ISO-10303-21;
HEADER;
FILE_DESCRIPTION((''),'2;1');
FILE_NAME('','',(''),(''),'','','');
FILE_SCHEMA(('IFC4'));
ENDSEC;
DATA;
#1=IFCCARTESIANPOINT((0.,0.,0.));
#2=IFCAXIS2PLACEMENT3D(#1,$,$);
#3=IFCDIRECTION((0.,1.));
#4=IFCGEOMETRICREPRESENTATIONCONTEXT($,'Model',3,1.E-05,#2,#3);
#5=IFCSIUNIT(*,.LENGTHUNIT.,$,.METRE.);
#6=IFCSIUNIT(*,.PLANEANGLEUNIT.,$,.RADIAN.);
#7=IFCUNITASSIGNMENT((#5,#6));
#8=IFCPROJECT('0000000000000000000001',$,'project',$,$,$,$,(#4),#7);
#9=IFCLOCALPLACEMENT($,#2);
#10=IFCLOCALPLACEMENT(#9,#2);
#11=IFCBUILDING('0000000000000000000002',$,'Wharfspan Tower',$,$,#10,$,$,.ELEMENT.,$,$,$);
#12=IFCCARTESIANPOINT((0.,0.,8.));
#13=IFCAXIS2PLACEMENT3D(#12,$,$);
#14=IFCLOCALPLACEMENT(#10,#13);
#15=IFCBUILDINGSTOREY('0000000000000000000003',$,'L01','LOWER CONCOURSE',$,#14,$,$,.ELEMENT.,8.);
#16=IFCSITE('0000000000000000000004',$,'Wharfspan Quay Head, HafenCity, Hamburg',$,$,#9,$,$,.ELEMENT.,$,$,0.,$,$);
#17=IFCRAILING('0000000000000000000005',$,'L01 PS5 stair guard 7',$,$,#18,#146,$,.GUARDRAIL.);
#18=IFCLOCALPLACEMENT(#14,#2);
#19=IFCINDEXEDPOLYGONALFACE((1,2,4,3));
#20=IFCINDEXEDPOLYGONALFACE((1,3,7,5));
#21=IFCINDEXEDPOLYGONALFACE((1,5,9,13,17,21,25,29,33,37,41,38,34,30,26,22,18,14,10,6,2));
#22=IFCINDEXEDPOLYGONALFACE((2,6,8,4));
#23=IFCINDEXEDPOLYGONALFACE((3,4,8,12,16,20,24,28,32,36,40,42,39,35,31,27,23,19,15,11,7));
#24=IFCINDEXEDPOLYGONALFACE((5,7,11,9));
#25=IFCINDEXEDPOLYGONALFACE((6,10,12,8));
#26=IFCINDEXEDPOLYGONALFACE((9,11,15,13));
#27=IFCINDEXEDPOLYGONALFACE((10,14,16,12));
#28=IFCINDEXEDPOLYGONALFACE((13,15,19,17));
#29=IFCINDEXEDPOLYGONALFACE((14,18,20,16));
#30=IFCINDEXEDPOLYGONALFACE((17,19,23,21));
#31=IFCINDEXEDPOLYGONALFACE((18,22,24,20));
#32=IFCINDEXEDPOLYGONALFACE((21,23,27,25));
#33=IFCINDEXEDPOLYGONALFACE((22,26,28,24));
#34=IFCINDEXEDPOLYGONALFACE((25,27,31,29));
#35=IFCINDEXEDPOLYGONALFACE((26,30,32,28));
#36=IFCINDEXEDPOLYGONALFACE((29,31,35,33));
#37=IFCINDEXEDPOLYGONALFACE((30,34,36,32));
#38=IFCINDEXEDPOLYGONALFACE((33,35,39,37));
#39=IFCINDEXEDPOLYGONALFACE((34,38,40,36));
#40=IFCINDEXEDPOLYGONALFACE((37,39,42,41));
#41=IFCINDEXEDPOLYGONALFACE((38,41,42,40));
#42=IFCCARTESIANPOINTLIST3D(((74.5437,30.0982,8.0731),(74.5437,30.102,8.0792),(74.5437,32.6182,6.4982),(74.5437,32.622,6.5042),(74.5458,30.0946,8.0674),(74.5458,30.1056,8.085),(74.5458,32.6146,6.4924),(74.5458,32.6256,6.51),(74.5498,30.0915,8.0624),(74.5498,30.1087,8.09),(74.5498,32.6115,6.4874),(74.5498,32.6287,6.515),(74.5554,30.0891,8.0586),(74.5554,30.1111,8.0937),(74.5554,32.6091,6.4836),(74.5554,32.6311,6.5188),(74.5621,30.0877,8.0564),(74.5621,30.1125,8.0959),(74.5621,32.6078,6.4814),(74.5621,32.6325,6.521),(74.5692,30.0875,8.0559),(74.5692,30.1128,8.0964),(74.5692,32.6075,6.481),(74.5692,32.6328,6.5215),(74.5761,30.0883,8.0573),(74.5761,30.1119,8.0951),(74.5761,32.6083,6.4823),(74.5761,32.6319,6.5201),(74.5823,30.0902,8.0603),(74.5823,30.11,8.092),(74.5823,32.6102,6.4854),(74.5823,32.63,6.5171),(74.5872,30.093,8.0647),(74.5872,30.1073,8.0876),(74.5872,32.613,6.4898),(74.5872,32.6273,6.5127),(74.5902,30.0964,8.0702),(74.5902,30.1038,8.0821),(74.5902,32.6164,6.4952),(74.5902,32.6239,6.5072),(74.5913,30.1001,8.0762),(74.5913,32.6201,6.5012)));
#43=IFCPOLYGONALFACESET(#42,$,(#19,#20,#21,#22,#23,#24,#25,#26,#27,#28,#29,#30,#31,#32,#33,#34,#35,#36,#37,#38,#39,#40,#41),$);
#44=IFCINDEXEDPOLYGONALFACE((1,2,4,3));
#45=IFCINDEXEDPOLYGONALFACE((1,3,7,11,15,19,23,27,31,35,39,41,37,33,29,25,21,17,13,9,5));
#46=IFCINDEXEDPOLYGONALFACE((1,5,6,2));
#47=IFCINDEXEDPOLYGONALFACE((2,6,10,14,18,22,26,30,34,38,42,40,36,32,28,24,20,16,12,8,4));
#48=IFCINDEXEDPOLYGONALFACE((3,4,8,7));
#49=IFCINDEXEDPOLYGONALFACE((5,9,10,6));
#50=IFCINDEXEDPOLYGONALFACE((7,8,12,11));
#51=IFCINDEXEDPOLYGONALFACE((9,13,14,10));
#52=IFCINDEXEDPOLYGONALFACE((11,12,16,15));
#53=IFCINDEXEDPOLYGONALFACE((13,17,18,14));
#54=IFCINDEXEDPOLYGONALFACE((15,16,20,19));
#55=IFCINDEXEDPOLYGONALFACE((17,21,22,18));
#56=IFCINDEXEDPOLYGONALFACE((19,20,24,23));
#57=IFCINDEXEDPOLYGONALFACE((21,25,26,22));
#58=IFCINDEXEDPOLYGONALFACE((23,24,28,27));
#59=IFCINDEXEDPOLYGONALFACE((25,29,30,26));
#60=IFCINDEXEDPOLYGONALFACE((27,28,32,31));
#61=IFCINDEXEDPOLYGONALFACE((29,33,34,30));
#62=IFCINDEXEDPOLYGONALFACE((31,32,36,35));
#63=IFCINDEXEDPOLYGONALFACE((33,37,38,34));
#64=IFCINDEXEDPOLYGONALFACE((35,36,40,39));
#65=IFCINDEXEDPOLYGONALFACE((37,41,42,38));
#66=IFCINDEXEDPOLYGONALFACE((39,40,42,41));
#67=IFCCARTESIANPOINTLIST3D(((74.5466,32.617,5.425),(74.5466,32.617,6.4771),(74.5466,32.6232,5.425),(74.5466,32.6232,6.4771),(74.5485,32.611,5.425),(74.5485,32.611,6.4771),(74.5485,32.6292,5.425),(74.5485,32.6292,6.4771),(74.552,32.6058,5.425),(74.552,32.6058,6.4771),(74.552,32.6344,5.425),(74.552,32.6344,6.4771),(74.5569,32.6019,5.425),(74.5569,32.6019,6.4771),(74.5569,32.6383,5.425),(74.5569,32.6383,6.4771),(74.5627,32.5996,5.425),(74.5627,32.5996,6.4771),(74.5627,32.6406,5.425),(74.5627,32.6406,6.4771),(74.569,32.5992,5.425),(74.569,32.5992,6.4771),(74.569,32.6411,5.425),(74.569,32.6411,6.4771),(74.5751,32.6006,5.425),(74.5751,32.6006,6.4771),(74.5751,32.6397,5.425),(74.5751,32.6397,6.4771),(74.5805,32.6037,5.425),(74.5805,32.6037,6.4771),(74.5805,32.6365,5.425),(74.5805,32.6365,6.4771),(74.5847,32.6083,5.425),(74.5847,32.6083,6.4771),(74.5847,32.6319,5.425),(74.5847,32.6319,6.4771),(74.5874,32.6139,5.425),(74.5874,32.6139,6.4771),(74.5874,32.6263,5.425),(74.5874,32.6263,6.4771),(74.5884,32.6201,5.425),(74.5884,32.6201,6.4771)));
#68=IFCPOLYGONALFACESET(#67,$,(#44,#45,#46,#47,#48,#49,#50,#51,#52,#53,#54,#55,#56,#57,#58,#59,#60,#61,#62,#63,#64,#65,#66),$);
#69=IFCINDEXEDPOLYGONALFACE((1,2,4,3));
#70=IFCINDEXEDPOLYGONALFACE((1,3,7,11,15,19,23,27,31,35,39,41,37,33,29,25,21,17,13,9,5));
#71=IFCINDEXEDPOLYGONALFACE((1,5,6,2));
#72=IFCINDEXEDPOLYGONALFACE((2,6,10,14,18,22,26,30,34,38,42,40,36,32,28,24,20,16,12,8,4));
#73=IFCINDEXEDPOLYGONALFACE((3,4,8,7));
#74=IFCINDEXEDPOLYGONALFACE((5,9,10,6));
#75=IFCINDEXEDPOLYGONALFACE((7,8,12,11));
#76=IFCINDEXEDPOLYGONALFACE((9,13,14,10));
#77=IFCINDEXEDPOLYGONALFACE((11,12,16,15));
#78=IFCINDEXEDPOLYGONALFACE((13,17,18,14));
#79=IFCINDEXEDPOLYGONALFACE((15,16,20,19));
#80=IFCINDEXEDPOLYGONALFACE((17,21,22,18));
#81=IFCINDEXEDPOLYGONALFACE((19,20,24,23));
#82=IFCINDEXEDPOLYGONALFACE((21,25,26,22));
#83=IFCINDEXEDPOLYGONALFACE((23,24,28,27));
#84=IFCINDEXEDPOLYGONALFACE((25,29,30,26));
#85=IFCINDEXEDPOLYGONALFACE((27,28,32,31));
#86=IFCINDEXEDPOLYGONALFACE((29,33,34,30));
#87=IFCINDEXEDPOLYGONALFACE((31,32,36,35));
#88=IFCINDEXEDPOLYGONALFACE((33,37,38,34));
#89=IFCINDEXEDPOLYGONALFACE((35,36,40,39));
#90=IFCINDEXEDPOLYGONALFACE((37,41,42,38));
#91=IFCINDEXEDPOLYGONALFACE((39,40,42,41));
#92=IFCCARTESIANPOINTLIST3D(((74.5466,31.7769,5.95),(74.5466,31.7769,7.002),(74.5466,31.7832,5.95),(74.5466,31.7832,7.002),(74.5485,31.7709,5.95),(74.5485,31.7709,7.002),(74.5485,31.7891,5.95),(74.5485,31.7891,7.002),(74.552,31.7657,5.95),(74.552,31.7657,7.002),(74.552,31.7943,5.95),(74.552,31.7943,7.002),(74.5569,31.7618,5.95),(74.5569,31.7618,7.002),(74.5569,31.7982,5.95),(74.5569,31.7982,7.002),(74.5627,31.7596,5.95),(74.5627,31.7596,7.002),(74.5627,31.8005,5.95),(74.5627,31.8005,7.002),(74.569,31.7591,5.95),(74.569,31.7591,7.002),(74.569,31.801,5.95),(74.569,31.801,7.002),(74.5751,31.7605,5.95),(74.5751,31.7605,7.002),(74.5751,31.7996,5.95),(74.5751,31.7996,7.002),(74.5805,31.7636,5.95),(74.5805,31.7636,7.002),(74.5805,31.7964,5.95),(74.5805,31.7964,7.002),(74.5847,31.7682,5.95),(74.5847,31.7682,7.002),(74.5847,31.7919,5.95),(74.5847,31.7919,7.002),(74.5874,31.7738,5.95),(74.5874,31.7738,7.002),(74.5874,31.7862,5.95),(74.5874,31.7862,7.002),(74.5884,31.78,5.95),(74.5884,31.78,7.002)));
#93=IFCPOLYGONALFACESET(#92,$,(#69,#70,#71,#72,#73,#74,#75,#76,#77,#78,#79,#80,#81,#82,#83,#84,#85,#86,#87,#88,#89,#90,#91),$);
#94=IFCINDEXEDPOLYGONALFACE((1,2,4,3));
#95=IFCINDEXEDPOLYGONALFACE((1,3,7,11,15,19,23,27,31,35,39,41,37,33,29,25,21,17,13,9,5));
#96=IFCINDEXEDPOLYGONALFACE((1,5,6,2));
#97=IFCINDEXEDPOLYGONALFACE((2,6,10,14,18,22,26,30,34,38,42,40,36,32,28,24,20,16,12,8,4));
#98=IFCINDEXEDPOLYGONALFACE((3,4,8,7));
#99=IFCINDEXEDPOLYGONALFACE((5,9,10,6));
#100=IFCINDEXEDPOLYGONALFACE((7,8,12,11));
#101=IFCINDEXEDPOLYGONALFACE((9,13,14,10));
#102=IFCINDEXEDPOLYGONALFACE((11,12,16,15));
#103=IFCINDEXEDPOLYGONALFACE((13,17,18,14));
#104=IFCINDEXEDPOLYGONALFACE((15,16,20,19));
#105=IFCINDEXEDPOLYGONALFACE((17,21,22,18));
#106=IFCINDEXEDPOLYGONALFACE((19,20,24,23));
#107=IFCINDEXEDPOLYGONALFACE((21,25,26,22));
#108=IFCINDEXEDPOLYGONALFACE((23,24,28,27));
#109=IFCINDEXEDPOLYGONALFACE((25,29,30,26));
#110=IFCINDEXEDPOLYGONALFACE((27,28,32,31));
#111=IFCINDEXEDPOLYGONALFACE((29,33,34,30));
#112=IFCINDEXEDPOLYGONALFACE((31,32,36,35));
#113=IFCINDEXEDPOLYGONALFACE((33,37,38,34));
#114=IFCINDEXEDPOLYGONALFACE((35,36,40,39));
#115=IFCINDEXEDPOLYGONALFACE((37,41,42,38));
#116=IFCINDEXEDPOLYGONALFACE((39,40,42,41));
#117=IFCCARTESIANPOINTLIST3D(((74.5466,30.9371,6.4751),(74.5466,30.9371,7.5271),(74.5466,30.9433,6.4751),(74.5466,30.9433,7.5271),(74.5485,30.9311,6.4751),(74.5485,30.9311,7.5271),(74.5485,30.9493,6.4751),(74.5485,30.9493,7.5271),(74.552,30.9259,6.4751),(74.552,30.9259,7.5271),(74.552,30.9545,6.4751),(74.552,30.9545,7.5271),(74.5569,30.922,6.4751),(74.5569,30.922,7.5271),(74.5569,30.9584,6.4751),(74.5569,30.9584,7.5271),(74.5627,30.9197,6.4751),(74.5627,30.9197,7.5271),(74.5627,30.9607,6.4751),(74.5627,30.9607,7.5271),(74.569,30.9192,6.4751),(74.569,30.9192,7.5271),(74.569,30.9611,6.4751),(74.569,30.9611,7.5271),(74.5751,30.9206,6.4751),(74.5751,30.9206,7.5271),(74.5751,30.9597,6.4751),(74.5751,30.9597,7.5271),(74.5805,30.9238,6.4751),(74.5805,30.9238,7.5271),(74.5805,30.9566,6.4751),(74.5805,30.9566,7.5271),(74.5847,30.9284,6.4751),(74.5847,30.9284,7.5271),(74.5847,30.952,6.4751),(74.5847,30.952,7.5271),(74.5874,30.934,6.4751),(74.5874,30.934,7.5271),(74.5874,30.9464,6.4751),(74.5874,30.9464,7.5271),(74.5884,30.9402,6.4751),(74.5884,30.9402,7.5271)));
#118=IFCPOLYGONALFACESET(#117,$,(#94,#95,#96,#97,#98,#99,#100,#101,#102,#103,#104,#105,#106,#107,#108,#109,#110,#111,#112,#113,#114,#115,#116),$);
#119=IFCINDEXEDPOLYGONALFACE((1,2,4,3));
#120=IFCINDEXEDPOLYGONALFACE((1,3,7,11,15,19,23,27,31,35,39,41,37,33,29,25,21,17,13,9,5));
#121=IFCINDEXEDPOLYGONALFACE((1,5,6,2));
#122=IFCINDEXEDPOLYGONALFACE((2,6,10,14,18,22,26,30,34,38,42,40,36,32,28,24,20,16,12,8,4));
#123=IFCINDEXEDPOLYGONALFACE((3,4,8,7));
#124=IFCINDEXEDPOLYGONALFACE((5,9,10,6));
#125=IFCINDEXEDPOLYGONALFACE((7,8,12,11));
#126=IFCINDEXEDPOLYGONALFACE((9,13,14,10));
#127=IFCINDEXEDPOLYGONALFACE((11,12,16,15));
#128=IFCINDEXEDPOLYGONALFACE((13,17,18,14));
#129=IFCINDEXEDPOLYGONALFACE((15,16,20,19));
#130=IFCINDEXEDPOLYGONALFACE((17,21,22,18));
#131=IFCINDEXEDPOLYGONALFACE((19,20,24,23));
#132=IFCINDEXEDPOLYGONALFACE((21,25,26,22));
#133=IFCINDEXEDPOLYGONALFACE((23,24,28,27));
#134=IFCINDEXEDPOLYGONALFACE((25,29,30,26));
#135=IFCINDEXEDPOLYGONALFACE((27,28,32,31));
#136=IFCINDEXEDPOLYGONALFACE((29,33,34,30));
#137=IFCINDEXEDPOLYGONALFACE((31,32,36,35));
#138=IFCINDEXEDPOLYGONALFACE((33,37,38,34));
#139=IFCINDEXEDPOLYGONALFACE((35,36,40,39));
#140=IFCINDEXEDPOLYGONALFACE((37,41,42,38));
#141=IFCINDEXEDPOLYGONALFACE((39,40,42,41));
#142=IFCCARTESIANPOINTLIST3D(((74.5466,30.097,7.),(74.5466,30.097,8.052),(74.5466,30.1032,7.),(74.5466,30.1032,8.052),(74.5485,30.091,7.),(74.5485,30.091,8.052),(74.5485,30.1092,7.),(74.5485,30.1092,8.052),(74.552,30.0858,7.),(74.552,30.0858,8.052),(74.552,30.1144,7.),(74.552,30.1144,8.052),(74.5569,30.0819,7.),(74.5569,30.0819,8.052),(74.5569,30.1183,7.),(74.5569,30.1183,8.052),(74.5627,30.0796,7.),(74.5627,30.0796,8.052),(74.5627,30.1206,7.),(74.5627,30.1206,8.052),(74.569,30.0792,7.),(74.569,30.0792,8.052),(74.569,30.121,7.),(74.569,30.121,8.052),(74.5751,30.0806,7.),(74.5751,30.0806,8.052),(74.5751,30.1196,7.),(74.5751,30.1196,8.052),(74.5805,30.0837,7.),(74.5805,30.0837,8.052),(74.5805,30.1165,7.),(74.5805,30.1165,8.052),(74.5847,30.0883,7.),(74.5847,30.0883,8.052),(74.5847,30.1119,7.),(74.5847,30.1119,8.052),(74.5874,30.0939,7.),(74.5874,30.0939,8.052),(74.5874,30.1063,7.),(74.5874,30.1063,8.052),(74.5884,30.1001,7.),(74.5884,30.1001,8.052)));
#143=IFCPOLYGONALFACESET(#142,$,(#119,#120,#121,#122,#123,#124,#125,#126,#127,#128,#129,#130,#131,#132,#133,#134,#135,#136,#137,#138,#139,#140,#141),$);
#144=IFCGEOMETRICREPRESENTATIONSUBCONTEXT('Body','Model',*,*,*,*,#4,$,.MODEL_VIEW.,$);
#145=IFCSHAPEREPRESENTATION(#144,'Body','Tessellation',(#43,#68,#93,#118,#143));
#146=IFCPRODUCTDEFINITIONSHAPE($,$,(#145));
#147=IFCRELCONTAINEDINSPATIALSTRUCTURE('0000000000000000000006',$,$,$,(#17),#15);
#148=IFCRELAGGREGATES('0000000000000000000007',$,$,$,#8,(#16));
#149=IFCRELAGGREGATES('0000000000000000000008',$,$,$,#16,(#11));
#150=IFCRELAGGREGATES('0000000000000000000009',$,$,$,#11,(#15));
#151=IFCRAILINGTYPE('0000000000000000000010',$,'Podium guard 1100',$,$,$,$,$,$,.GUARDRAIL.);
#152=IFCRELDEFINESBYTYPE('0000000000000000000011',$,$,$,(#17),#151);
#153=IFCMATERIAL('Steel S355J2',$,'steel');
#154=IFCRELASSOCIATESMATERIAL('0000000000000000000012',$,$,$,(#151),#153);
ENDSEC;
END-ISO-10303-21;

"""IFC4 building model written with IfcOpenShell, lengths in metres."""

from ifc_helpers import new_model, si_unit, direction, frame, origin, origin_2d, place, context, subcontext, project, spatial, circle, extrude, material, type_object, element, save


model = new_model("IFC4")

# Units and contexts
model_context = context("Model", 3, precision=1e-05, world=origin(), true_north=direction((0.0, 1.0)))
body_context = subcontext(model_context, "Body", "Model", "MODEL_VIEW")
ifc_project = project(units=[si_unit("LENGTHUNIT", "METRE"), si_unit("PLANEANGLEUNIT", "RADIAN")], contexts=[model_context])

# Site, building, storey
site_placement = place(None, origin())
site = spatial("IfcSite", under=ifc_project, at=site_placement, Name="Wharfspan Quay Head, HafenCity, Hamburg", CompositionType="ELEMENT", RefElevation=0.0)
building_placement = place(site_placement, origin())
building = spatial("IfcBuilding", under=site, at=building_placement, Name="Wharfspan Tower", CompositionType="ELEMENT")
storey_placement = place(building_placement, frame((0.0, 0.0, 8.0)))
storey = spatial("IfcBuildingStorey", under=building, at=storey_placement, Name="L01", Description="LOWER CONCOURSE", CompositionType="ELEMENT", Elevation=8.0)

# Railing
ifc_material_1 = material(Name="Steel S355J2", Category="steel")
railing_type_1 = type_object("IfcRailingType", Name="Podium guard 1100", PredefinedType="GUARDRAIL", material=ifc_material_1)
railing_1_placement = place(storey_placement, frame((74.5674, 32.6201, 5.425)))
element("IfcRailing", 1, at=railing_1_placement, inside=storey, type_object=railing_type_1, Name="L01 PS5 stair guard 7", PredefinedType="GUARDRAIL", context=body_context, shape_type="SweptSolid", body=[
    extrude(circle(Radius=0.0239, at=origin_2d()), frame((0.0, 0.0, 1.0762), z_axis=(0.0, -0.848008, 0.529984), x_axis=(1.0, 0.0, 0.0)), (0.0, 0.0, 1.0), 2.9717),
    extrude(circle(Radius=0.021, at=origin_2d()), origin(), (0.0, 0.0, 1.0), 1.052),
    extrude(circle(Radius=0.021, at=origin_2d()), frame((0.0, -0.8401, 0.5249)), (0.0, 0.0, 1.0), 1.052),
    extrude(circle(Radius=0.021, at=origin_2d()), frame((0.0, -1.6799, 1.05)), (0.0, 0.0, 1.0), 1.052),
    extrude(circle(Radius=0.021, at=origin_2d()), frame((0.0, -2.52, 1.575)), (0.0, 0.0, 1.0), 1.052),
])

save(model, "model.ifc")
